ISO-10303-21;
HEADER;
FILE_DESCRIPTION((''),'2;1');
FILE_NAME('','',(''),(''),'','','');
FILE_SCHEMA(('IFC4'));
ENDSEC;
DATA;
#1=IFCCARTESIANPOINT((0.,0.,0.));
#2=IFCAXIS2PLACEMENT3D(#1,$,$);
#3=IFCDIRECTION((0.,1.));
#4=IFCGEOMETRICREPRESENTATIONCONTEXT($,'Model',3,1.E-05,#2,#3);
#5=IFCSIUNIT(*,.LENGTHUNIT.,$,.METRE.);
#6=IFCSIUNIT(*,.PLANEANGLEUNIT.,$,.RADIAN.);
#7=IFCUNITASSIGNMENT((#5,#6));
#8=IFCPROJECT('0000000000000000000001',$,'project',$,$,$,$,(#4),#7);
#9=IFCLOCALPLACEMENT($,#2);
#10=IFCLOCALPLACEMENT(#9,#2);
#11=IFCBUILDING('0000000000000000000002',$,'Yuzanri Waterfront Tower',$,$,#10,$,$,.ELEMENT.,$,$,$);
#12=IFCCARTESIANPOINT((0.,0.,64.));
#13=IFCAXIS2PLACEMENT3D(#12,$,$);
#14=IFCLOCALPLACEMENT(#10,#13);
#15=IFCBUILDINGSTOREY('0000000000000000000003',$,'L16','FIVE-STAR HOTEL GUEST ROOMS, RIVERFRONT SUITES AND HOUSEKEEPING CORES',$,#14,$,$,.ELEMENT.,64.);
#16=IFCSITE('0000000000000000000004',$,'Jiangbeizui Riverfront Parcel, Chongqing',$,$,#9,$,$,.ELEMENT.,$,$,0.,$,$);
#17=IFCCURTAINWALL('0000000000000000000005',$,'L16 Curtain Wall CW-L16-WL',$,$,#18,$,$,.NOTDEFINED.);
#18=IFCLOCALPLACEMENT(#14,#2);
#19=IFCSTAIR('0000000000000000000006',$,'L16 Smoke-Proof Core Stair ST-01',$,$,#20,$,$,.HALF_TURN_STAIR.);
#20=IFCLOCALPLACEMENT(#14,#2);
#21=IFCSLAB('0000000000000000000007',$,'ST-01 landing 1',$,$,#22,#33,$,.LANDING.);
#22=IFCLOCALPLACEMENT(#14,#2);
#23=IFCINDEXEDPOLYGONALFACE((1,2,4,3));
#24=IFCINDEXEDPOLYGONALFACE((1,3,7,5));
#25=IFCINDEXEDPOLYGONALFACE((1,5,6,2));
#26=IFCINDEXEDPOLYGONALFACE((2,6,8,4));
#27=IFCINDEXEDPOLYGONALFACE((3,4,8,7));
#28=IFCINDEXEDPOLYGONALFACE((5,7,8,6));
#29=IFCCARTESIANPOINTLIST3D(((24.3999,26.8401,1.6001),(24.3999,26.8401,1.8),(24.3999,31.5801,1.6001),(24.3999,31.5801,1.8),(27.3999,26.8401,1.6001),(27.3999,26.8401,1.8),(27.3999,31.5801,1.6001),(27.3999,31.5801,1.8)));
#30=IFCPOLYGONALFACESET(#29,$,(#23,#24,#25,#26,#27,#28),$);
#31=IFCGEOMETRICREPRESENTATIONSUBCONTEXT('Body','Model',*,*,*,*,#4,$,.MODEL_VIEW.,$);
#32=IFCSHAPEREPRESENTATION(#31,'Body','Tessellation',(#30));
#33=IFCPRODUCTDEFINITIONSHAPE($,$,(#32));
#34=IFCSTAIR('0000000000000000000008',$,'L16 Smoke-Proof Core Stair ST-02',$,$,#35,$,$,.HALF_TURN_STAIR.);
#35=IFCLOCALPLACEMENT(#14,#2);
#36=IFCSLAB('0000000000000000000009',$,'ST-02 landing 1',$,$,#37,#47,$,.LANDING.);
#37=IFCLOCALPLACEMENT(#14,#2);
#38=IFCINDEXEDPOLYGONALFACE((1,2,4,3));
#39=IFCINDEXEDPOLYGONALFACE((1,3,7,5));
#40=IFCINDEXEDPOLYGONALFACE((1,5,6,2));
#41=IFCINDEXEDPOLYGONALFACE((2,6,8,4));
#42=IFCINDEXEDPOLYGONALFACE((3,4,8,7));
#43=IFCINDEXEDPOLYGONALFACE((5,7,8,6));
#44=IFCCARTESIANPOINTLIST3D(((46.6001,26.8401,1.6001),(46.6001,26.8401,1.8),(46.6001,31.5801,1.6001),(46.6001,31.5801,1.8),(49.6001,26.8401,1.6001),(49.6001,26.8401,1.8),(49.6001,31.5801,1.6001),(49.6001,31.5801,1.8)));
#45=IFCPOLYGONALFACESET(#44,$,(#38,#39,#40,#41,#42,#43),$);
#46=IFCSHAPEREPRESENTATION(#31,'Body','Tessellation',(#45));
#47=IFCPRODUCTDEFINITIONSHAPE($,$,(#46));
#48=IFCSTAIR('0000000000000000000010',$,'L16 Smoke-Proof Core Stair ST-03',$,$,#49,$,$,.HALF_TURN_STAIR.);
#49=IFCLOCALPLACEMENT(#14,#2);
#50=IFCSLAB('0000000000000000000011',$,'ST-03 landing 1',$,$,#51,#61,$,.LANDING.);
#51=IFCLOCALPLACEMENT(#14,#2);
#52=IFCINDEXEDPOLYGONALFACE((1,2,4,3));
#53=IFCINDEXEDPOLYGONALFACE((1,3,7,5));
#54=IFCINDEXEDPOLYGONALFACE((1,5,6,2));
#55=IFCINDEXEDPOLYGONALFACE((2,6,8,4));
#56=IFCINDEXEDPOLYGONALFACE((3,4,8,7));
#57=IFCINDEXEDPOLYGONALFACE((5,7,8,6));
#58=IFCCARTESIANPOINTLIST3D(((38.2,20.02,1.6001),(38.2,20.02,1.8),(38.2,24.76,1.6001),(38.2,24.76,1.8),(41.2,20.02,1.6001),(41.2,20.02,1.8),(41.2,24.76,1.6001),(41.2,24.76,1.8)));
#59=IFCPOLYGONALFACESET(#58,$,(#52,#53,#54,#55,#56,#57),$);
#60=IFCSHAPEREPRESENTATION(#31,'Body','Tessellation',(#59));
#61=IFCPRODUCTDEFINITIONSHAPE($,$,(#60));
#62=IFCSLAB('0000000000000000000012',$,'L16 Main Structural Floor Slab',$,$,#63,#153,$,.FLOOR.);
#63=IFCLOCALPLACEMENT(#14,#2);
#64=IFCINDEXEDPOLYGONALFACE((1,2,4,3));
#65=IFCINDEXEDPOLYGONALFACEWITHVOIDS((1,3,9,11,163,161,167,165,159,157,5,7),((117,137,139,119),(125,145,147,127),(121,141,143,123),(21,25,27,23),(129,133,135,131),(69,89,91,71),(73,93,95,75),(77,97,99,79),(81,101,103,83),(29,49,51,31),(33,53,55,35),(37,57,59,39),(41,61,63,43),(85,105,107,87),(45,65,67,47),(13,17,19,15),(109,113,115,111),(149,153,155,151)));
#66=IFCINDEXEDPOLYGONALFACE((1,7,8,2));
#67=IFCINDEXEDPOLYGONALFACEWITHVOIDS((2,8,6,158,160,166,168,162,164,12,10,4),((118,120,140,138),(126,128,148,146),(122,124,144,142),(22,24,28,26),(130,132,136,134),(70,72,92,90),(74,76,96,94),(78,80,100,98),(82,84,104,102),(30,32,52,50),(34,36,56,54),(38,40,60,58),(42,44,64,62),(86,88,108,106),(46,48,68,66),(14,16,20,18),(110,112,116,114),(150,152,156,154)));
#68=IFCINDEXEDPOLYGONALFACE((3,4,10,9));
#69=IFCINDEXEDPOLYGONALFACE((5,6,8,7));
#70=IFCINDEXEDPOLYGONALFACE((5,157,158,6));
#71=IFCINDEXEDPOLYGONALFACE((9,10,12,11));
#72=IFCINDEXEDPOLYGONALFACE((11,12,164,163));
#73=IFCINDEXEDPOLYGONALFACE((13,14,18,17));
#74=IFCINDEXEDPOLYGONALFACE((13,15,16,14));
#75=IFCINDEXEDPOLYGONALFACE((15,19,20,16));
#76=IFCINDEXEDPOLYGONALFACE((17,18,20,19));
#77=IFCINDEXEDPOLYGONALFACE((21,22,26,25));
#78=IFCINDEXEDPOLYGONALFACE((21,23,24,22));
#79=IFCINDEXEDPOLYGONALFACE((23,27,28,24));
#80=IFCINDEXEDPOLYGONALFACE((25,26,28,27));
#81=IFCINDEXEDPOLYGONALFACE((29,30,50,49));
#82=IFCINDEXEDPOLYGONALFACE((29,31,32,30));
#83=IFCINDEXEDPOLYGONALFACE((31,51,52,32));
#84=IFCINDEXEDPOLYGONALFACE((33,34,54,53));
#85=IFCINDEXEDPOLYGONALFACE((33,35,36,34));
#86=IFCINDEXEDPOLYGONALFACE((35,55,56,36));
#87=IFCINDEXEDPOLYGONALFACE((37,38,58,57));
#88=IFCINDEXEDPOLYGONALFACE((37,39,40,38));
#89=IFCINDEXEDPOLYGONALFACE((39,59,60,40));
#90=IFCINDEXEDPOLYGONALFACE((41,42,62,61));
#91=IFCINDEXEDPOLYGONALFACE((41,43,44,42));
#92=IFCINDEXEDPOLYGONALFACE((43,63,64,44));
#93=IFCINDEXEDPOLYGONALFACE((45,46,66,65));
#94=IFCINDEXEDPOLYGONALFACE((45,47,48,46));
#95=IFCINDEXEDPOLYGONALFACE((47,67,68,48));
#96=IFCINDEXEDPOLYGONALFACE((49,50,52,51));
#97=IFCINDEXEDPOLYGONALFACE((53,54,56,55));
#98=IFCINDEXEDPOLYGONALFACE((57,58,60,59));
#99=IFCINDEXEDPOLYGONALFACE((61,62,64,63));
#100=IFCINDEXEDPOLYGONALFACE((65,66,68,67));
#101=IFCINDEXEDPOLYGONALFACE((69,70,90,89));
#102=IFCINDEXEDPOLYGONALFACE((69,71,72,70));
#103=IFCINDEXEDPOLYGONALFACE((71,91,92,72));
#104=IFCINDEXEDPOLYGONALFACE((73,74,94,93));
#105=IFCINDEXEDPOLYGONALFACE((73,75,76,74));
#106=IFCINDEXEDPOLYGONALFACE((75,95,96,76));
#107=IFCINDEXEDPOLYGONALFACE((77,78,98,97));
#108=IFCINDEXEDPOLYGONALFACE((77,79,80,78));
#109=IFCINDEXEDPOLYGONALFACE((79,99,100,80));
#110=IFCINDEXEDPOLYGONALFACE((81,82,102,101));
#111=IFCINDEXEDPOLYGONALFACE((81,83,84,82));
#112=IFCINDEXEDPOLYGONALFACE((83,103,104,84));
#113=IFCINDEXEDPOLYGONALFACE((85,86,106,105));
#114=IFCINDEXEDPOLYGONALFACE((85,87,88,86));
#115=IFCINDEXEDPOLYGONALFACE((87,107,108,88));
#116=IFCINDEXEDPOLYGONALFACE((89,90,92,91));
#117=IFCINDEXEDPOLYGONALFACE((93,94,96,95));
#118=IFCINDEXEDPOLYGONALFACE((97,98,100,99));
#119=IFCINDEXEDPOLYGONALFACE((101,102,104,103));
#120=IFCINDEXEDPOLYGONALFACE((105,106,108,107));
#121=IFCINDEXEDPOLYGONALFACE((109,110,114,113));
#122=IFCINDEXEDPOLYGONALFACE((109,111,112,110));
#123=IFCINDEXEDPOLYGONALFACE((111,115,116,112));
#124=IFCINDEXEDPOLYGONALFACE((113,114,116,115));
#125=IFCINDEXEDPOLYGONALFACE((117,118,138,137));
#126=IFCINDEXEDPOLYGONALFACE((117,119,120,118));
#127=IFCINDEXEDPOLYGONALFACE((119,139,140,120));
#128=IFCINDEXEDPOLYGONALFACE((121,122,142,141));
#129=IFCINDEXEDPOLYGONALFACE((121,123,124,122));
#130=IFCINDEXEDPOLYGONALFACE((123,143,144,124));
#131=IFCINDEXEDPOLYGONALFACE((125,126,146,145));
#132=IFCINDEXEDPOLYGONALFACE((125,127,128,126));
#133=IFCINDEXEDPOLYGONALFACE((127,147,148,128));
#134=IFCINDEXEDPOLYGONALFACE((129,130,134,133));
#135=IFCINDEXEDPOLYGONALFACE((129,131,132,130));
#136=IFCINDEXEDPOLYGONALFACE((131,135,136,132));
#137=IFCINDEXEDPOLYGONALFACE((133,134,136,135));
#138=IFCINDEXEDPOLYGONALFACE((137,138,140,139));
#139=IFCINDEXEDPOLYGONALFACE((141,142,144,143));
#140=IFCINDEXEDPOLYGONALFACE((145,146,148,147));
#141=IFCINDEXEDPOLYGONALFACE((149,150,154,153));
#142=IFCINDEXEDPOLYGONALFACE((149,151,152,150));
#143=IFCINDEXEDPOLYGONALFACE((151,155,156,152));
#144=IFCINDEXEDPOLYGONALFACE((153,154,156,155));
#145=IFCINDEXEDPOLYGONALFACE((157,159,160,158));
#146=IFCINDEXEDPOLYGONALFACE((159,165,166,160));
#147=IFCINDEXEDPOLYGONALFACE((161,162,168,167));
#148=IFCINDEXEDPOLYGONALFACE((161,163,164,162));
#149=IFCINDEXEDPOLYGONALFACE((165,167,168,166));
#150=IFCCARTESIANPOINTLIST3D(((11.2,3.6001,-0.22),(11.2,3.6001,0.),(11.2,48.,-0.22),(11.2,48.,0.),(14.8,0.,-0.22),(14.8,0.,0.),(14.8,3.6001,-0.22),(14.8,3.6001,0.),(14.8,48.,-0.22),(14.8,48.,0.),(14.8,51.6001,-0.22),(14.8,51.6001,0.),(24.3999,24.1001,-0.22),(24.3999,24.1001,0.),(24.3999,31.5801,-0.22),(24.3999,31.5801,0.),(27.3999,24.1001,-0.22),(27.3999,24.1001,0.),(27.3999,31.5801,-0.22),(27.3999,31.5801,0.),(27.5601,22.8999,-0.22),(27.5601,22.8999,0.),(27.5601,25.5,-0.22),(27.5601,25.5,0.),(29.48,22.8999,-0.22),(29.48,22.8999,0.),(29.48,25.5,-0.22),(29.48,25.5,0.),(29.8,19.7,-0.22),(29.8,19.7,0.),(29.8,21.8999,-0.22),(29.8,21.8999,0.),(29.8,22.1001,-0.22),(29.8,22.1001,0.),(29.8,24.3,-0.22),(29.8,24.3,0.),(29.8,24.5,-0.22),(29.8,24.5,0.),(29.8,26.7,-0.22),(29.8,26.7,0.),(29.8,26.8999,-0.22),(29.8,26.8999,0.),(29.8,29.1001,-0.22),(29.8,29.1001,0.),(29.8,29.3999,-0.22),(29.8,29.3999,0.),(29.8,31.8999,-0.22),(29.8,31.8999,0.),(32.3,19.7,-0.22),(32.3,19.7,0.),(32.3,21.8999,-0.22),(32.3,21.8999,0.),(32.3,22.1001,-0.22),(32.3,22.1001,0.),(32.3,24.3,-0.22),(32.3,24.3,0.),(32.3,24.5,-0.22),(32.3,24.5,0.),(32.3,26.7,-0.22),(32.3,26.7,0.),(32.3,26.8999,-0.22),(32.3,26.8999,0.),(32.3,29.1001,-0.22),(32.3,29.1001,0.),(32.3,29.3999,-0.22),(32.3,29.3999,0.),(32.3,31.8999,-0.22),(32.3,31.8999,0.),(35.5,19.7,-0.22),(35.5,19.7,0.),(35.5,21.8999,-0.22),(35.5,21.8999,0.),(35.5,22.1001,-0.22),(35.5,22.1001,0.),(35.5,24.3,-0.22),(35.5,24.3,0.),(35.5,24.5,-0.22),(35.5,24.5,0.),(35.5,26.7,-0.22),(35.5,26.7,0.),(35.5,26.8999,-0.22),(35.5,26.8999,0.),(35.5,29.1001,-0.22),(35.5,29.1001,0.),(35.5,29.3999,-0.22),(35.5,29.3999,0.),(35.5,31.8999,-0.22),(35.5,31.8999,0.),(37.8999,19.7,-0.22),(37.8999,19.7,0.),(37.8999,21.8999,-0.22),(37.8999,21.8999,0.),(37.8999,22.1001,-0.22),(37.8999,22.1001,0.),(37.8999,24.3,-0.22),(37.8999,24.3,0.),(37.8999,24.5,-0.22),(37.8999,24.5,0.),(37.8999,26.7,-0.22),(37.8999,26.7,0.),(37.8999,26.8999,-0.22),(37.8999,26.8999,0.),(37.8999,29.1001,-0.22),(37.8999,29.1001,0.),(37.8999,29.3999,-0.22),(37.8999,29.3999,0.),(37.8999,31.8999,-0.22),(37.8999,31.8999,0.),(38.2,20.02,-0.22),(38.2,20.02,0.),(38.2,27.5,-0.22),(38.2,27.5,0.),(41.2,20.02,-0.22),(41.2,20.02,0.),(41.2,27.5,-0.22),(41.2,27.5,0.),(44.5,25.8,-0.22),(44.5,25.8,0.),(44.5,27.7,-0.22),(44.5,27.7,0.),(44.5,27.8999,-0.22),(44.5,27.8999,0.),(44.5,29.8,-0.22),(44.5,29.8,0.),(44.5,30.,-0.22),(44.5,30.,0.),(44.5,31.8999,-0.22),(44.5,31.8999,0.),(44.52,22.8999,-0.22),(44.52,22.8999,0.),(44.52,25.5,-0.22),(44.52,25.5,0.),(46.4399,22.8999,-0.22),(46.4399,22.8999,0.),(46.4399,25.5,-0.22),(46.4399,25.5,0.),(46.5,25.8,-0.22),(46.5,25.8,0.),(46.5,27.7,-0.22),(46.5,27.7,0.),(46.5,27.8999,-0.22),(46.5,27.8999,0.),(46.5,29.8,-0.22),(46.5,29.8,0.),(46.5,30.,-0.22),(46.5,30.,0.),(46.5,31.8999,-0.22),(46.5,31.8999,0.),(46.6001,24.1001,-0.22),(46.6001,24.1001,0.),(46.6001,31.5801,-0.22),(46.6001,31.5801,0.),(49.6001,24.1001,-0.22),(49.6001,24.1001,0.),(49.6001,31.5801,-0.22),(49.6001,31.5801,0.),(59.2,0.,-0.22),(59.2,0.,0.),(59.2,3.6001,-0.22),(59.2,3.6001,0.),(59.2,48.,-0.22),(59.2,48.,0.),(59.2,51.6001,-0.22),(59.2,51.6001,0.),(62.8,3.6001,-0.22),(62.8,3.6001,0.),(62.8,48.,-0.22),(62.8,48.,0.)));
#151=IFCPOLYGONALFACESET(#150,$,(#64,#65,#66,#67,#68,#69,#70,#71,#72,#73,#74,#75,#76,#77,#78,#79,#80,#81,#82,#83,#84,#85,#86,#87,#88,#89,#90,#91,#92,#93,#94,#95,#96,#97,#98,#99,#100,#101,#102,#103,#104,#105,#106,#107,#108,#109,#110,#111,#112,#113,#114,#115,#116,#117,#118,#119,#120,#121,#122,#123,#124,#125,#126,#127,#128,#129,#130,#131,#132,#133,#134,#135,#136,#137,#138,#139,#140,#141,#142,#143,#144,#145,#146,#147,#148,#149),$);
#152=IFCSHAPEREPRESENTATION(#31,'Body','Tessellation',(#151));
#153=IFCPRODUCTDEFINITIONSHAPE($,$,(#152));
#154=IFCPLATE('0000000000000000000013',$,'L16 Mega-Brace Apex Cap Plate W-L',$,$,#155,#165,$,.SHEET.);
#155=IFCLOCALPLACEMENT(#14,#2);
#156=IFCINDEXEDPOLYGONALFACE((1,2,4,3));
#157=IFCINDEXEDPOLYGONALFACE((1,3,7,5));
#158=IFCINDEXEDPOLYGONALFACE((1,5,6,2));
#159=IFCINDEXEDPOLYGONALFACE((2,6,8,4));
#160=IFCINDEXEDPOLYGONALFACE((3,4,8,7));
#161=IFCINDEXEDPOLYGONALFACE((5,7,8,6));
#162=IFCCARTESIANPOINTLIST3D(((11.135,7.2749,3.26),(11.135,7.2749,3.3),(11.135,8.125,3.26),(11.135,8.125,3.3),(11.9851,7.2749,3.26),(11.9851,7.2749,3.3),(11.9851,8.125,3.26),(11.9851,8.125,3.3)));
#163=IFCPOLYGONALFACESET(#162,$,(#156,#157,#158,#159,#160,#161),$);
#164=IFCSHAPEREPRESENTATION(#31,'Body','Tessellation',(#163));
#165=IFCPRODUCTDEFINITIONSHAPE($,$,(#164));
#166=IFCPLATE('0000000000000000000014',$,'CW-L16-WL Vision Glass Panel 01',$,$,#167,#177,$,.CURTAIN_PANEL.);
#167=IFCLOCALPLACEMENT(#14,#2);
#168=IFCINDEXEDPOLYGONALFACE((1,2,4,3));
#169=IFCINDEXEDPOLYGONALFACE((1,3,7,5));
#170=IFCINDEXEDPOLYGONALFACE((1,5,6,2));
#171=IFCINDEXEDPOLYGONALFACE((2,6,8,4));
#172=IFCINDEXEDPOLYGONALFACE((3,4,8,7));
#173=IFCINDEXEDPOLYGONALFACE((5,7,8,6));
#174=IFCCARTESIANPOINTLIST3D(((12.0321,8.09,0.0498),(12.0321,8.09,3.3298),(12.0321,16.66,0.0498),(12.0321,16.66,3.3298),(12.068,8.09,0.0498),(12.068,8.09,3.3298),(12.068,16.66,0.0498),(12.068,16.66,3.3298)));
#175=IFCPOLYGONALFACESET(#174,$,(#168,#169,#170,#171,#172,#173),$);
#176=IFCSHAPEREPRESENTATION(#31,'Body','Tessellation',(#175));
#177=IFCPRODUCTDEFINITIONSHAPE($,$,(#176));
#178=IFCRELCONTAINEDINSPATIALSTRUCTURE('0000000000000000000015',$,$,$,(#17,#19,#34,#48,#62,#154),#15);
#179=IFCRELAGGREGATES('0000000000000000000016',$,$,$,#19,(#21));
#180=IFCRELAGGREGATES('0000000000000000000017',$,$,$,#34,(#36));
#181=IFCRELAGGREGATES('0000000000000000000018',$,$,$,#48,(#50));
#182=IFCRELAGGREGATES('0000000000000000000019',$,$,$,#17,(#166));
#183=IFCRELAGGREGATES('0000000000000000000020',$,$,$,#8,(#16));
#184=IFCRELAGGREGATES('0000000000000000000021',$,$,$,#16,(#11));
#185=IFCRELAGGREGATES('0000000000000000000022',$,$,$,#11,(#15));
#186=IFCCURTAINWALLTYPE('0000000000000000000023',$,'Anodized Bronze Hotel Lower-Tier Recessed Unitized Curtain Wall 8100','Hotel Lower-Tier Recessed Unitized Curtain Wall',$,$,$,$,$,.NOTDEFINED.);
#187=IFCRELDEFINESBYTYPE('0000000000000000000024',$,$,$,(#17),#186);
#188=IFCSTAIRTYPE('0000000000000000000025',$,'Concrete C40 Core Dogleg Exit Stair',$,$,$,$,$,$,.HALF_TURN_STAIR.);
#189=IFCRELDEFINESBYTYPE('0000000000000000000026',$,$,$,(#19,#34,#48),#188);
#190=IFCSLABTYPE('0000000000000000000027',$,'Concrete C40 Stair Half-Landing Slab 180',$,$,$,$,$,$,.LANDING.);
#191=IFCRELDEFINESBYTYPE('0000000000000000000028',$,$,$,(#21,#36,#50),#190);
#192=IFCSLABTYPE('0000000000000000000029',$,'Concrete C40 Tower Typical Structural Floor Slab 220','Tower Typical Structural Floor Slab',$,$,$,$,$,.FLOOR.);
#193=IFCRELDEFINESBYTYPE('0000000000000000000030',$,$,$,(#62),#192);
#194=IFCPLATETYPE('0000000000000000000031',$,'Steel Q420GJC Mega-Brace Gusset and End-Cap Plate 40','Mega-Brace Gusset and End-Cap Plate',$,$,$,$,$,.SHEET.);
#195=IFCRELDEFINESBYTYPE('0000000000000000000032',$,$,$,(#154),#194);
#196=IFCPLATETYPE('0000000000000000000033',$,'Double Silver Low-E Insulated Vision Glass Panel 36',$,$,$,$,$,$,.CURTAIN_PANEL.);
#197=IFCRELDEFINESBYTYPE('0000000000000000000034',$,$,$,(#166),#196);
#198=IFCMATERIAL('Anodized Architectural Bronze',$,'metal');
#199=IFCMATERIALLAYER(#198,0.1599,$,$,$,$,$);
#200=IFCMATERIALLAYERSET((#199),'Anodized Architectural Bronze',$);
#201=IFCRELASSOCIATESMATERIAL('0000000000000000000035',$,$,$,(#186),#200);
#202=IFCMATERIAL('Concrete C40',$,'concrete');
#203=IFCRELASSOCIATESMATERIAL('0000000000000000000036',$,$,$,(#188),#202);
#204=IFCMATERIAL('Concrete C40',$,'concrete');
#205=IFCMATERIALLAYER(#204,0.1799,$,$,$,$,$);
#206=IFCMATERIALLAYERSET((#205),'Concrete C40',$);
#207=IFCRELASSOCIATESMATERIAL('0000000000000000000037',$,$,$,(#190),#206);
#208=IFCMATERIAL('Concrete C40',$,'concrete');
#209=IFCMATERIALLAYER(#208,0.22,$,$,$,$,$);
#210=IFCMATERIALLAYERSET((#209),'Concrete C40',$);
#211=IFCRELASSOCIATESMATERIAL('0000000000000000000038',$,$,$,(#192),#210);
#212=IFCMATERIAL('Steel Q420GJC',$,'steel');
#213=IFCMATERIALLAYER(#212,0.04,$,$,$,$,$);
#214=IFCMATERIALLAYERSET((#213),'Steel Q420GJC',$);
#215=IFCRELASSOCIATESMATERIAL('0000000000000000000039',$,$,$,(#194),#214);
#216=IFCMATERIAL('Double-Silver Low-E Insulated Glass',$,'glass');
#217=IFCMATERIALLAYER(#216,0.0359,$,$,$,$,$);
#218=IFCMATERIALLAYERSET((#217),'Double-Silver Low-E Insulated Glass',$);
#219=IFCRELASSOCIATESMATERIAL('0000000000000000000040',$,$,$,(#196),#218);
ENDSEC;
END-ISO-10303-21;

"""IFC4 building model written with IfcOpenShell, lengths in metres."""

from ifc_helpers import new_model, si_unit, direction, frame, origin, origin_2d, place, context, subcontext, project, spatial, polyline, rectangle, outline, extrude, source, transform, mapped, material, layer, layer_set, type_object, element, aggregate, save


model = new_model("IFC4")

# Units and contexts
model_context = context("Model", 3, precision=1e-05, world=origin(), true_north=direction((0.0, 1.0)))
body_context = subcontext(model_context, "Body", "Model", "MODEL_VIEW")
ifc_project = project(units=[si_unit("LENGTHUNIT", "METRE"), si_unit("PLANEANGLEUNIT", "RADIAN")], contexts=[model_context])

# Site, building, storey
site_placement = place(None, origin())
site = spatial("IfcSite", under=ifc_project, at=site_placement, Name="Jiangbeizui Riverfront Parcel, Chongqing", CompositionType="ELEMENT", RefElevation=0.0)
building_placement = place(site_placement, origin())
building = spatial("IfcBuilding", under=site, at=building_placement, Name="Yuzanri Waterfront Tower", CompositionType="ELEMENT")
storey_placement = place(building_placement, frame((0.0, 0.0, 64.0)))
storey = spatial("IfcBuildingStorey", under=building, at=storey_placement, Name="L16", Description="FIVE-STAR HOTEL GUEST ROOMS, RIVERFRONT SUITES AND HOUSEKEEPING CORES", CompositionType="ELEMENT", Elevation=64.0)

# Curtain wall
ifc_material_1 = material(Name="Anodized Architectural Bronze", Category="metal")
ifc_layer_1 = layer(ifc_material_1, 0.1599)
ifc_layer_set_1 = layer_set([ifc_layer_1], Name="Anodized Architectural Bronze")
curtain_wall_type = type_object("IfcCurtainWallType", Name="Anodized Bronze Hotel Lower-Tier Recessed Unitized Curtain Wall 8100", Description="Hotel Lower-Tier Recessed Unitized Curtain Wall", PredefinedType="NOTDEFINED", material=ifc_layer_set_1)
curtain_wall_placement = place(storey_placement, origin())
curtain_wall = element("IfcCurtainWall", 1, at=curtain_wall_placement, inside=storey, type_object=curtain_wall_type, Name="L16 Curtain Wall CW-L16-WL", PredefinedType="NOTDEFINED")

# Stairs, slabs
ifc_material_2 = material(Name="Concrete C40", Category="concrete")
stair_type = type_object("IfcStairType", Name="Concrete C40 Core Dogleg Exit Stair", PredefinedType="HALF_TURN_STAIR", material=ifc_material_2)
stair_1_placement = place(storey_placement, origin())
stair_1 = element("IfcStair", 2, at=stair_1_placement, inside=storey, type_object=stair_type, Name="L16 Smoke-Proof Core Stair ST-01", PredefinedType="HALF_TURN_STAIR")
ifc_material_3 = material(Name="Concrete C40", Category="concrete")
ifc_layer_2 = layer(ifc_material_3, 0.1799)
ifc_layer_set_2 = layer_set([ifc_layer_2], Name="Concrete C40")
slab_type_1 = type_object("IfcSlabType", Name="Concrete C40 Stair Half-Landing Slab 180", PredefinedType="LANDING", material=ifc_layer_set_2)
slab_1_placement = place(storey_placement, frame((0.0, 0.0, 1.6001)))
slab_1 = element("IfcSlab", 3, at=slab_1_placement, type_object=slab_type_1, Name="ST-01 landing 1", PredefinedType="LANDING", context=body_context, shape_type="SweptSolid", body=[
    extrude(outline(polyline([(27.3999, 26.8401), (27.3999, 31.5801), (24.3999, 31.5801), (24.3999, 26.8401), (27.3999, 26.8401)])), origin(), (0.0, 0.0, 1.0), 0.2),
])
aggregate(stair_1, [slab_1])
stair_2_placement = place(storey_placement, origin())
stair_2 = element("IfcStair", 4, at=stair_2_placement, inside=storey, type_object=stair_type, Name="L16 Smoke-Proof Core Stair ST-02", PredefinedType="HALF_TURN_STAIR")
slab_2_placement = place(storey_placement, frame((0.0, 0.0, 1.6001)))
slab_2 = element("IfcSlab", 5, at=slab_2_placement, type_object=slab_type_1, Name="ST-02 landing 1", PredefinedType="LANDING", context=body_context, shape_type="SweptSolid", body=[
    extrude(outline(polyline([(49.6001, 26.8401), (49.6001, 31.5801), (46.6001, 31.5801), (46.6001, 26.8401), (49.6001, 26.8401)])), origin(), (0.0, 0.0, 1.0), 0.2),
])
aggregate(stair_2, [slab_2])
stair_3_placement = place(storey_placement, origin())
stair_3 = element("IfcStair", 6, at=stair_3_placement, inside=storey, type_object=stair_type, Name="L16 Smoke-Proof Core Stair ST-03", PredefinedType="HALF_TURN_STAIR")
slab_3_placement = place(storey_placement, frame((0.0, 0.0, 1.6001)))
slab_3 = element("IfcSlab", 7, at=slab_3_placement, type_object=slab_type_1, Name="ST-03 landing 1", PredefinedType="LANDING", context=body_context, shape_type="SweptSolid", body=[
    extrude(outline(polyline([(38.2, 24.76), (38.2, 20.02), (41.2, 20.02), (41.2, 24.76), (38.2, 24.76)])), origin(), (0.0, 0.0, 1.0), 0.2),
])
aggregate(stair_3, [slab_3])

# Slab
ifc_material_4 = material(Name="Concrete C40", Category="concrete")
ifc_layer_3 = layer(ifc_material_4, 0.22)
ifc_layer_set_3 = layer_set([ifc_layer_3], Name="Concrete C40")
slab_type_2 = type_object("IfcSlabType", Name="Concrete C40 Tower Typical Structural Floor Slab 220", Description="Tower Typical Structural Floor Slab", PredefinedType="FLOOR", material=ifc_layer_set_3)
slab_4_placement = place(storey_placement, frame((0.0, 0.0, -0.22)))
element("IfcSlab", 8, at=slab_4_placement, inside=storey, type_object=slab_type_2, Name="L16 Main Structural Floor Slab", PredefinedType="FLOOR", context=body_context, shape_type="SweptSolid", body=[
    extrude(outline(polyline([(14.8, 0.0), (59.2, 0.0), (59.2, 3.6001), (62.8, 3.6001), (62.8, 48.0), (59.2, 48.0), (59.2, 51.6001), (14.8, 51.6001), (14.8, 48.0), (11.2, 48.0), (11.2, 3.6001), (14.8, 3.6001), (14.8, 0.0)]), holes=[polyline([(27.3999, 24.1001), (27.3999, 31.5801), (24.3999, 31.5801), (24.3999, 24.1001), (27.3999, 24.1001)]), polyline([(49.6001, 24.1001), (49.6001, 31.5801), (46.6001, 31.5801), (46.6001, 24.1001), (49.6001, 24.1001)]), polyline([(38.2, 27.5), (38.2, 20.02), (41.2, 20.02), (41.2, 27.5), (38.2, 27.5)]), polyline([(27.5601, 22.8999), (29.48, 22.8999), (29.48, 25.5), (27.5601, 25.5), (27.5601, 22.8999)]), polyline([(44.52, 22.8999), (46.4399, 22.8999), (46.4399, 25.5), (44.52, 25.5), (44.52, 22.8999)]), polyline([(29.8, 19.7), (32.3, 19.7), (32.3, 21.8999), (29.8, 21.8999), (29.8, 19.7)]), polyline([(29.8, 22.1001), (32.3, 22.1001), (32.3, 24.3), (29.8, 24.3), (29.8, 22.1001)]), polyline([(29.8, 24.5), (32.3, 24.5), (32.3, 26.7), (29.8, 26.7), (29.8, 24.5)]), polyline([(29.8, 26.8999), (32.3, 26.8999), (32.3, 29.1001), (29.8, 29.1001), (29.8, 26.8999)]), polyline([(29.8, 29.3999), (32.3, 29.3999), (32.3, 31.8999), (29.8, 31.8999), (29.8, 29.3999)]), polyline([(35.5, 19.7), (37.8999, 19.7), (37.8999, 21.8999), (35.5, 21.8999), (35.5, 19.7)]), polyline([(35.5, 22.1001), (37.8999, 22.1001), (37.8999, 24.3), (35.5, 24.3), (35.5, 22.1001)]), polyline([(35.5, 24.5), (37.8999, 24.5), (37.8999, 26.7), (35.5, 26.7), (35.5, 24.5)]), polyline([(35.5, 26.8999), (37.8999, 26.8999), (37.8999, 29.1001), (35.5, 29.1001), (35.5, 26.8999)]), polyline([(35.5, 29.3999), (37.8999, 29.3999), (37.8999, 31.8999), (35.5, 31.8999), (35.5, 29.3999)]), polyline([(44.5, 25.8), (46.5, 25.8), (46.5, 27.7), (44.5, 27.7), (44.5, 25.8)]), polyline([(44.5, 27.8999), (46.5, 27.8999), (46.5, 29.8), (44.5, 29.8), (44.5, 27.8999)]), polyline([(44.5, 30.0), (46.5, 30.0), (46.5, 31.8999), (44.5, 31.8999), (44.5, 30.0)])]), origin(), (0.0, 0.0, 1.0), 0.22),
])

# Plates
ifc_material_5 = material(Name="Steel Q420GJC", Category="steel")
ifc_layer_4 = layer(ifc_material_5, 0.04)
ifc_layer_set_4 = layer_set([ifc_layer_4], Name="Steel Q420GJC")
plate_type_1 = type_object("IfcPlateType", Name="Steel Q420GJC Mega-Brace Gusset and End-Cap Plate 40", Description="Mega-Brace Gusset and End-Cap Plate", PredefinedType="SHEET", material=ifc_layer_set_4)
shared_shape_1 = source(origin(), body_context, "Body", "SweptSolid", [
    extrude(rectangle(XDim=0.8501, YDim=0.8501, at=origin_2d()), origin(), (0.0, 0.0, 1.0), 0.04),
])
plate_1_placement = place(storey_placement, frame((11.5601, 7.7, 3.26), z_axis=(0.0, 0.0, 1.0), x_axis=(1.0, 0.0, 0.0)))
element("IfcPlate", 9, at=plate_1_placement, inside=storey, type_object=plate_type_1, Name="L16 Mega-Brace Apex Cap Plate W-L", PredefinedType="SHEET", context=body_context, shape_type="MappedRepresentation", body=[
    mapped(shared_shape_1, transform((0.0, 0.0, 0.0), scale=1.0)),
])
ifc_material_6 = material(Name="Double-Silver Low-E Insulated Glass", Category="glass")
ifc_layer_5 = layer(ifc_material_6, 0.0359)
ifc_layer_set_5 = layer_set([ifc_layer_5], Name="Double-Silver Low-E Insulated Glass")
plate_type_2 = type_object("IfcPlateType", Name="Double Silver Low-E Insulated Vision Glass Panel 36", PredefinedType="CURTAIN_PANEL", material=ifc_layer_set_5)
shared_shape_2 = source(origin(), body_context, "Body", "SweptSolid", [
    extrude(rectangle(XDim=8.5701, YDim=0.0359, at=origin_2d()), origin(), (0.0, 0.0, 1.0), 3.28),
])
plate_2_placement = place(storey_placement, frame((12.05, 12.375, 0.0498), z_axis=(0.0, 0.0, 1.0), x_axis=(0.0, 1.0, 0.0)))
plate_2 = element("IfcPlate", 10, at=plate_2_placement, type_object=plate_type_2, Name="CW-L16-WL Vision Glass Panel 01", PredefinedType="CURTAIN_PANEL", context=body_context, shape_type="MappedRepresentation", body=[
    mapped(shared_shape_2, transform((0.0, 0.0, 0.0), scale=1.0)),
])
aggregate(curtain_wall, [plate_2])

save(model, "model.ifc")
